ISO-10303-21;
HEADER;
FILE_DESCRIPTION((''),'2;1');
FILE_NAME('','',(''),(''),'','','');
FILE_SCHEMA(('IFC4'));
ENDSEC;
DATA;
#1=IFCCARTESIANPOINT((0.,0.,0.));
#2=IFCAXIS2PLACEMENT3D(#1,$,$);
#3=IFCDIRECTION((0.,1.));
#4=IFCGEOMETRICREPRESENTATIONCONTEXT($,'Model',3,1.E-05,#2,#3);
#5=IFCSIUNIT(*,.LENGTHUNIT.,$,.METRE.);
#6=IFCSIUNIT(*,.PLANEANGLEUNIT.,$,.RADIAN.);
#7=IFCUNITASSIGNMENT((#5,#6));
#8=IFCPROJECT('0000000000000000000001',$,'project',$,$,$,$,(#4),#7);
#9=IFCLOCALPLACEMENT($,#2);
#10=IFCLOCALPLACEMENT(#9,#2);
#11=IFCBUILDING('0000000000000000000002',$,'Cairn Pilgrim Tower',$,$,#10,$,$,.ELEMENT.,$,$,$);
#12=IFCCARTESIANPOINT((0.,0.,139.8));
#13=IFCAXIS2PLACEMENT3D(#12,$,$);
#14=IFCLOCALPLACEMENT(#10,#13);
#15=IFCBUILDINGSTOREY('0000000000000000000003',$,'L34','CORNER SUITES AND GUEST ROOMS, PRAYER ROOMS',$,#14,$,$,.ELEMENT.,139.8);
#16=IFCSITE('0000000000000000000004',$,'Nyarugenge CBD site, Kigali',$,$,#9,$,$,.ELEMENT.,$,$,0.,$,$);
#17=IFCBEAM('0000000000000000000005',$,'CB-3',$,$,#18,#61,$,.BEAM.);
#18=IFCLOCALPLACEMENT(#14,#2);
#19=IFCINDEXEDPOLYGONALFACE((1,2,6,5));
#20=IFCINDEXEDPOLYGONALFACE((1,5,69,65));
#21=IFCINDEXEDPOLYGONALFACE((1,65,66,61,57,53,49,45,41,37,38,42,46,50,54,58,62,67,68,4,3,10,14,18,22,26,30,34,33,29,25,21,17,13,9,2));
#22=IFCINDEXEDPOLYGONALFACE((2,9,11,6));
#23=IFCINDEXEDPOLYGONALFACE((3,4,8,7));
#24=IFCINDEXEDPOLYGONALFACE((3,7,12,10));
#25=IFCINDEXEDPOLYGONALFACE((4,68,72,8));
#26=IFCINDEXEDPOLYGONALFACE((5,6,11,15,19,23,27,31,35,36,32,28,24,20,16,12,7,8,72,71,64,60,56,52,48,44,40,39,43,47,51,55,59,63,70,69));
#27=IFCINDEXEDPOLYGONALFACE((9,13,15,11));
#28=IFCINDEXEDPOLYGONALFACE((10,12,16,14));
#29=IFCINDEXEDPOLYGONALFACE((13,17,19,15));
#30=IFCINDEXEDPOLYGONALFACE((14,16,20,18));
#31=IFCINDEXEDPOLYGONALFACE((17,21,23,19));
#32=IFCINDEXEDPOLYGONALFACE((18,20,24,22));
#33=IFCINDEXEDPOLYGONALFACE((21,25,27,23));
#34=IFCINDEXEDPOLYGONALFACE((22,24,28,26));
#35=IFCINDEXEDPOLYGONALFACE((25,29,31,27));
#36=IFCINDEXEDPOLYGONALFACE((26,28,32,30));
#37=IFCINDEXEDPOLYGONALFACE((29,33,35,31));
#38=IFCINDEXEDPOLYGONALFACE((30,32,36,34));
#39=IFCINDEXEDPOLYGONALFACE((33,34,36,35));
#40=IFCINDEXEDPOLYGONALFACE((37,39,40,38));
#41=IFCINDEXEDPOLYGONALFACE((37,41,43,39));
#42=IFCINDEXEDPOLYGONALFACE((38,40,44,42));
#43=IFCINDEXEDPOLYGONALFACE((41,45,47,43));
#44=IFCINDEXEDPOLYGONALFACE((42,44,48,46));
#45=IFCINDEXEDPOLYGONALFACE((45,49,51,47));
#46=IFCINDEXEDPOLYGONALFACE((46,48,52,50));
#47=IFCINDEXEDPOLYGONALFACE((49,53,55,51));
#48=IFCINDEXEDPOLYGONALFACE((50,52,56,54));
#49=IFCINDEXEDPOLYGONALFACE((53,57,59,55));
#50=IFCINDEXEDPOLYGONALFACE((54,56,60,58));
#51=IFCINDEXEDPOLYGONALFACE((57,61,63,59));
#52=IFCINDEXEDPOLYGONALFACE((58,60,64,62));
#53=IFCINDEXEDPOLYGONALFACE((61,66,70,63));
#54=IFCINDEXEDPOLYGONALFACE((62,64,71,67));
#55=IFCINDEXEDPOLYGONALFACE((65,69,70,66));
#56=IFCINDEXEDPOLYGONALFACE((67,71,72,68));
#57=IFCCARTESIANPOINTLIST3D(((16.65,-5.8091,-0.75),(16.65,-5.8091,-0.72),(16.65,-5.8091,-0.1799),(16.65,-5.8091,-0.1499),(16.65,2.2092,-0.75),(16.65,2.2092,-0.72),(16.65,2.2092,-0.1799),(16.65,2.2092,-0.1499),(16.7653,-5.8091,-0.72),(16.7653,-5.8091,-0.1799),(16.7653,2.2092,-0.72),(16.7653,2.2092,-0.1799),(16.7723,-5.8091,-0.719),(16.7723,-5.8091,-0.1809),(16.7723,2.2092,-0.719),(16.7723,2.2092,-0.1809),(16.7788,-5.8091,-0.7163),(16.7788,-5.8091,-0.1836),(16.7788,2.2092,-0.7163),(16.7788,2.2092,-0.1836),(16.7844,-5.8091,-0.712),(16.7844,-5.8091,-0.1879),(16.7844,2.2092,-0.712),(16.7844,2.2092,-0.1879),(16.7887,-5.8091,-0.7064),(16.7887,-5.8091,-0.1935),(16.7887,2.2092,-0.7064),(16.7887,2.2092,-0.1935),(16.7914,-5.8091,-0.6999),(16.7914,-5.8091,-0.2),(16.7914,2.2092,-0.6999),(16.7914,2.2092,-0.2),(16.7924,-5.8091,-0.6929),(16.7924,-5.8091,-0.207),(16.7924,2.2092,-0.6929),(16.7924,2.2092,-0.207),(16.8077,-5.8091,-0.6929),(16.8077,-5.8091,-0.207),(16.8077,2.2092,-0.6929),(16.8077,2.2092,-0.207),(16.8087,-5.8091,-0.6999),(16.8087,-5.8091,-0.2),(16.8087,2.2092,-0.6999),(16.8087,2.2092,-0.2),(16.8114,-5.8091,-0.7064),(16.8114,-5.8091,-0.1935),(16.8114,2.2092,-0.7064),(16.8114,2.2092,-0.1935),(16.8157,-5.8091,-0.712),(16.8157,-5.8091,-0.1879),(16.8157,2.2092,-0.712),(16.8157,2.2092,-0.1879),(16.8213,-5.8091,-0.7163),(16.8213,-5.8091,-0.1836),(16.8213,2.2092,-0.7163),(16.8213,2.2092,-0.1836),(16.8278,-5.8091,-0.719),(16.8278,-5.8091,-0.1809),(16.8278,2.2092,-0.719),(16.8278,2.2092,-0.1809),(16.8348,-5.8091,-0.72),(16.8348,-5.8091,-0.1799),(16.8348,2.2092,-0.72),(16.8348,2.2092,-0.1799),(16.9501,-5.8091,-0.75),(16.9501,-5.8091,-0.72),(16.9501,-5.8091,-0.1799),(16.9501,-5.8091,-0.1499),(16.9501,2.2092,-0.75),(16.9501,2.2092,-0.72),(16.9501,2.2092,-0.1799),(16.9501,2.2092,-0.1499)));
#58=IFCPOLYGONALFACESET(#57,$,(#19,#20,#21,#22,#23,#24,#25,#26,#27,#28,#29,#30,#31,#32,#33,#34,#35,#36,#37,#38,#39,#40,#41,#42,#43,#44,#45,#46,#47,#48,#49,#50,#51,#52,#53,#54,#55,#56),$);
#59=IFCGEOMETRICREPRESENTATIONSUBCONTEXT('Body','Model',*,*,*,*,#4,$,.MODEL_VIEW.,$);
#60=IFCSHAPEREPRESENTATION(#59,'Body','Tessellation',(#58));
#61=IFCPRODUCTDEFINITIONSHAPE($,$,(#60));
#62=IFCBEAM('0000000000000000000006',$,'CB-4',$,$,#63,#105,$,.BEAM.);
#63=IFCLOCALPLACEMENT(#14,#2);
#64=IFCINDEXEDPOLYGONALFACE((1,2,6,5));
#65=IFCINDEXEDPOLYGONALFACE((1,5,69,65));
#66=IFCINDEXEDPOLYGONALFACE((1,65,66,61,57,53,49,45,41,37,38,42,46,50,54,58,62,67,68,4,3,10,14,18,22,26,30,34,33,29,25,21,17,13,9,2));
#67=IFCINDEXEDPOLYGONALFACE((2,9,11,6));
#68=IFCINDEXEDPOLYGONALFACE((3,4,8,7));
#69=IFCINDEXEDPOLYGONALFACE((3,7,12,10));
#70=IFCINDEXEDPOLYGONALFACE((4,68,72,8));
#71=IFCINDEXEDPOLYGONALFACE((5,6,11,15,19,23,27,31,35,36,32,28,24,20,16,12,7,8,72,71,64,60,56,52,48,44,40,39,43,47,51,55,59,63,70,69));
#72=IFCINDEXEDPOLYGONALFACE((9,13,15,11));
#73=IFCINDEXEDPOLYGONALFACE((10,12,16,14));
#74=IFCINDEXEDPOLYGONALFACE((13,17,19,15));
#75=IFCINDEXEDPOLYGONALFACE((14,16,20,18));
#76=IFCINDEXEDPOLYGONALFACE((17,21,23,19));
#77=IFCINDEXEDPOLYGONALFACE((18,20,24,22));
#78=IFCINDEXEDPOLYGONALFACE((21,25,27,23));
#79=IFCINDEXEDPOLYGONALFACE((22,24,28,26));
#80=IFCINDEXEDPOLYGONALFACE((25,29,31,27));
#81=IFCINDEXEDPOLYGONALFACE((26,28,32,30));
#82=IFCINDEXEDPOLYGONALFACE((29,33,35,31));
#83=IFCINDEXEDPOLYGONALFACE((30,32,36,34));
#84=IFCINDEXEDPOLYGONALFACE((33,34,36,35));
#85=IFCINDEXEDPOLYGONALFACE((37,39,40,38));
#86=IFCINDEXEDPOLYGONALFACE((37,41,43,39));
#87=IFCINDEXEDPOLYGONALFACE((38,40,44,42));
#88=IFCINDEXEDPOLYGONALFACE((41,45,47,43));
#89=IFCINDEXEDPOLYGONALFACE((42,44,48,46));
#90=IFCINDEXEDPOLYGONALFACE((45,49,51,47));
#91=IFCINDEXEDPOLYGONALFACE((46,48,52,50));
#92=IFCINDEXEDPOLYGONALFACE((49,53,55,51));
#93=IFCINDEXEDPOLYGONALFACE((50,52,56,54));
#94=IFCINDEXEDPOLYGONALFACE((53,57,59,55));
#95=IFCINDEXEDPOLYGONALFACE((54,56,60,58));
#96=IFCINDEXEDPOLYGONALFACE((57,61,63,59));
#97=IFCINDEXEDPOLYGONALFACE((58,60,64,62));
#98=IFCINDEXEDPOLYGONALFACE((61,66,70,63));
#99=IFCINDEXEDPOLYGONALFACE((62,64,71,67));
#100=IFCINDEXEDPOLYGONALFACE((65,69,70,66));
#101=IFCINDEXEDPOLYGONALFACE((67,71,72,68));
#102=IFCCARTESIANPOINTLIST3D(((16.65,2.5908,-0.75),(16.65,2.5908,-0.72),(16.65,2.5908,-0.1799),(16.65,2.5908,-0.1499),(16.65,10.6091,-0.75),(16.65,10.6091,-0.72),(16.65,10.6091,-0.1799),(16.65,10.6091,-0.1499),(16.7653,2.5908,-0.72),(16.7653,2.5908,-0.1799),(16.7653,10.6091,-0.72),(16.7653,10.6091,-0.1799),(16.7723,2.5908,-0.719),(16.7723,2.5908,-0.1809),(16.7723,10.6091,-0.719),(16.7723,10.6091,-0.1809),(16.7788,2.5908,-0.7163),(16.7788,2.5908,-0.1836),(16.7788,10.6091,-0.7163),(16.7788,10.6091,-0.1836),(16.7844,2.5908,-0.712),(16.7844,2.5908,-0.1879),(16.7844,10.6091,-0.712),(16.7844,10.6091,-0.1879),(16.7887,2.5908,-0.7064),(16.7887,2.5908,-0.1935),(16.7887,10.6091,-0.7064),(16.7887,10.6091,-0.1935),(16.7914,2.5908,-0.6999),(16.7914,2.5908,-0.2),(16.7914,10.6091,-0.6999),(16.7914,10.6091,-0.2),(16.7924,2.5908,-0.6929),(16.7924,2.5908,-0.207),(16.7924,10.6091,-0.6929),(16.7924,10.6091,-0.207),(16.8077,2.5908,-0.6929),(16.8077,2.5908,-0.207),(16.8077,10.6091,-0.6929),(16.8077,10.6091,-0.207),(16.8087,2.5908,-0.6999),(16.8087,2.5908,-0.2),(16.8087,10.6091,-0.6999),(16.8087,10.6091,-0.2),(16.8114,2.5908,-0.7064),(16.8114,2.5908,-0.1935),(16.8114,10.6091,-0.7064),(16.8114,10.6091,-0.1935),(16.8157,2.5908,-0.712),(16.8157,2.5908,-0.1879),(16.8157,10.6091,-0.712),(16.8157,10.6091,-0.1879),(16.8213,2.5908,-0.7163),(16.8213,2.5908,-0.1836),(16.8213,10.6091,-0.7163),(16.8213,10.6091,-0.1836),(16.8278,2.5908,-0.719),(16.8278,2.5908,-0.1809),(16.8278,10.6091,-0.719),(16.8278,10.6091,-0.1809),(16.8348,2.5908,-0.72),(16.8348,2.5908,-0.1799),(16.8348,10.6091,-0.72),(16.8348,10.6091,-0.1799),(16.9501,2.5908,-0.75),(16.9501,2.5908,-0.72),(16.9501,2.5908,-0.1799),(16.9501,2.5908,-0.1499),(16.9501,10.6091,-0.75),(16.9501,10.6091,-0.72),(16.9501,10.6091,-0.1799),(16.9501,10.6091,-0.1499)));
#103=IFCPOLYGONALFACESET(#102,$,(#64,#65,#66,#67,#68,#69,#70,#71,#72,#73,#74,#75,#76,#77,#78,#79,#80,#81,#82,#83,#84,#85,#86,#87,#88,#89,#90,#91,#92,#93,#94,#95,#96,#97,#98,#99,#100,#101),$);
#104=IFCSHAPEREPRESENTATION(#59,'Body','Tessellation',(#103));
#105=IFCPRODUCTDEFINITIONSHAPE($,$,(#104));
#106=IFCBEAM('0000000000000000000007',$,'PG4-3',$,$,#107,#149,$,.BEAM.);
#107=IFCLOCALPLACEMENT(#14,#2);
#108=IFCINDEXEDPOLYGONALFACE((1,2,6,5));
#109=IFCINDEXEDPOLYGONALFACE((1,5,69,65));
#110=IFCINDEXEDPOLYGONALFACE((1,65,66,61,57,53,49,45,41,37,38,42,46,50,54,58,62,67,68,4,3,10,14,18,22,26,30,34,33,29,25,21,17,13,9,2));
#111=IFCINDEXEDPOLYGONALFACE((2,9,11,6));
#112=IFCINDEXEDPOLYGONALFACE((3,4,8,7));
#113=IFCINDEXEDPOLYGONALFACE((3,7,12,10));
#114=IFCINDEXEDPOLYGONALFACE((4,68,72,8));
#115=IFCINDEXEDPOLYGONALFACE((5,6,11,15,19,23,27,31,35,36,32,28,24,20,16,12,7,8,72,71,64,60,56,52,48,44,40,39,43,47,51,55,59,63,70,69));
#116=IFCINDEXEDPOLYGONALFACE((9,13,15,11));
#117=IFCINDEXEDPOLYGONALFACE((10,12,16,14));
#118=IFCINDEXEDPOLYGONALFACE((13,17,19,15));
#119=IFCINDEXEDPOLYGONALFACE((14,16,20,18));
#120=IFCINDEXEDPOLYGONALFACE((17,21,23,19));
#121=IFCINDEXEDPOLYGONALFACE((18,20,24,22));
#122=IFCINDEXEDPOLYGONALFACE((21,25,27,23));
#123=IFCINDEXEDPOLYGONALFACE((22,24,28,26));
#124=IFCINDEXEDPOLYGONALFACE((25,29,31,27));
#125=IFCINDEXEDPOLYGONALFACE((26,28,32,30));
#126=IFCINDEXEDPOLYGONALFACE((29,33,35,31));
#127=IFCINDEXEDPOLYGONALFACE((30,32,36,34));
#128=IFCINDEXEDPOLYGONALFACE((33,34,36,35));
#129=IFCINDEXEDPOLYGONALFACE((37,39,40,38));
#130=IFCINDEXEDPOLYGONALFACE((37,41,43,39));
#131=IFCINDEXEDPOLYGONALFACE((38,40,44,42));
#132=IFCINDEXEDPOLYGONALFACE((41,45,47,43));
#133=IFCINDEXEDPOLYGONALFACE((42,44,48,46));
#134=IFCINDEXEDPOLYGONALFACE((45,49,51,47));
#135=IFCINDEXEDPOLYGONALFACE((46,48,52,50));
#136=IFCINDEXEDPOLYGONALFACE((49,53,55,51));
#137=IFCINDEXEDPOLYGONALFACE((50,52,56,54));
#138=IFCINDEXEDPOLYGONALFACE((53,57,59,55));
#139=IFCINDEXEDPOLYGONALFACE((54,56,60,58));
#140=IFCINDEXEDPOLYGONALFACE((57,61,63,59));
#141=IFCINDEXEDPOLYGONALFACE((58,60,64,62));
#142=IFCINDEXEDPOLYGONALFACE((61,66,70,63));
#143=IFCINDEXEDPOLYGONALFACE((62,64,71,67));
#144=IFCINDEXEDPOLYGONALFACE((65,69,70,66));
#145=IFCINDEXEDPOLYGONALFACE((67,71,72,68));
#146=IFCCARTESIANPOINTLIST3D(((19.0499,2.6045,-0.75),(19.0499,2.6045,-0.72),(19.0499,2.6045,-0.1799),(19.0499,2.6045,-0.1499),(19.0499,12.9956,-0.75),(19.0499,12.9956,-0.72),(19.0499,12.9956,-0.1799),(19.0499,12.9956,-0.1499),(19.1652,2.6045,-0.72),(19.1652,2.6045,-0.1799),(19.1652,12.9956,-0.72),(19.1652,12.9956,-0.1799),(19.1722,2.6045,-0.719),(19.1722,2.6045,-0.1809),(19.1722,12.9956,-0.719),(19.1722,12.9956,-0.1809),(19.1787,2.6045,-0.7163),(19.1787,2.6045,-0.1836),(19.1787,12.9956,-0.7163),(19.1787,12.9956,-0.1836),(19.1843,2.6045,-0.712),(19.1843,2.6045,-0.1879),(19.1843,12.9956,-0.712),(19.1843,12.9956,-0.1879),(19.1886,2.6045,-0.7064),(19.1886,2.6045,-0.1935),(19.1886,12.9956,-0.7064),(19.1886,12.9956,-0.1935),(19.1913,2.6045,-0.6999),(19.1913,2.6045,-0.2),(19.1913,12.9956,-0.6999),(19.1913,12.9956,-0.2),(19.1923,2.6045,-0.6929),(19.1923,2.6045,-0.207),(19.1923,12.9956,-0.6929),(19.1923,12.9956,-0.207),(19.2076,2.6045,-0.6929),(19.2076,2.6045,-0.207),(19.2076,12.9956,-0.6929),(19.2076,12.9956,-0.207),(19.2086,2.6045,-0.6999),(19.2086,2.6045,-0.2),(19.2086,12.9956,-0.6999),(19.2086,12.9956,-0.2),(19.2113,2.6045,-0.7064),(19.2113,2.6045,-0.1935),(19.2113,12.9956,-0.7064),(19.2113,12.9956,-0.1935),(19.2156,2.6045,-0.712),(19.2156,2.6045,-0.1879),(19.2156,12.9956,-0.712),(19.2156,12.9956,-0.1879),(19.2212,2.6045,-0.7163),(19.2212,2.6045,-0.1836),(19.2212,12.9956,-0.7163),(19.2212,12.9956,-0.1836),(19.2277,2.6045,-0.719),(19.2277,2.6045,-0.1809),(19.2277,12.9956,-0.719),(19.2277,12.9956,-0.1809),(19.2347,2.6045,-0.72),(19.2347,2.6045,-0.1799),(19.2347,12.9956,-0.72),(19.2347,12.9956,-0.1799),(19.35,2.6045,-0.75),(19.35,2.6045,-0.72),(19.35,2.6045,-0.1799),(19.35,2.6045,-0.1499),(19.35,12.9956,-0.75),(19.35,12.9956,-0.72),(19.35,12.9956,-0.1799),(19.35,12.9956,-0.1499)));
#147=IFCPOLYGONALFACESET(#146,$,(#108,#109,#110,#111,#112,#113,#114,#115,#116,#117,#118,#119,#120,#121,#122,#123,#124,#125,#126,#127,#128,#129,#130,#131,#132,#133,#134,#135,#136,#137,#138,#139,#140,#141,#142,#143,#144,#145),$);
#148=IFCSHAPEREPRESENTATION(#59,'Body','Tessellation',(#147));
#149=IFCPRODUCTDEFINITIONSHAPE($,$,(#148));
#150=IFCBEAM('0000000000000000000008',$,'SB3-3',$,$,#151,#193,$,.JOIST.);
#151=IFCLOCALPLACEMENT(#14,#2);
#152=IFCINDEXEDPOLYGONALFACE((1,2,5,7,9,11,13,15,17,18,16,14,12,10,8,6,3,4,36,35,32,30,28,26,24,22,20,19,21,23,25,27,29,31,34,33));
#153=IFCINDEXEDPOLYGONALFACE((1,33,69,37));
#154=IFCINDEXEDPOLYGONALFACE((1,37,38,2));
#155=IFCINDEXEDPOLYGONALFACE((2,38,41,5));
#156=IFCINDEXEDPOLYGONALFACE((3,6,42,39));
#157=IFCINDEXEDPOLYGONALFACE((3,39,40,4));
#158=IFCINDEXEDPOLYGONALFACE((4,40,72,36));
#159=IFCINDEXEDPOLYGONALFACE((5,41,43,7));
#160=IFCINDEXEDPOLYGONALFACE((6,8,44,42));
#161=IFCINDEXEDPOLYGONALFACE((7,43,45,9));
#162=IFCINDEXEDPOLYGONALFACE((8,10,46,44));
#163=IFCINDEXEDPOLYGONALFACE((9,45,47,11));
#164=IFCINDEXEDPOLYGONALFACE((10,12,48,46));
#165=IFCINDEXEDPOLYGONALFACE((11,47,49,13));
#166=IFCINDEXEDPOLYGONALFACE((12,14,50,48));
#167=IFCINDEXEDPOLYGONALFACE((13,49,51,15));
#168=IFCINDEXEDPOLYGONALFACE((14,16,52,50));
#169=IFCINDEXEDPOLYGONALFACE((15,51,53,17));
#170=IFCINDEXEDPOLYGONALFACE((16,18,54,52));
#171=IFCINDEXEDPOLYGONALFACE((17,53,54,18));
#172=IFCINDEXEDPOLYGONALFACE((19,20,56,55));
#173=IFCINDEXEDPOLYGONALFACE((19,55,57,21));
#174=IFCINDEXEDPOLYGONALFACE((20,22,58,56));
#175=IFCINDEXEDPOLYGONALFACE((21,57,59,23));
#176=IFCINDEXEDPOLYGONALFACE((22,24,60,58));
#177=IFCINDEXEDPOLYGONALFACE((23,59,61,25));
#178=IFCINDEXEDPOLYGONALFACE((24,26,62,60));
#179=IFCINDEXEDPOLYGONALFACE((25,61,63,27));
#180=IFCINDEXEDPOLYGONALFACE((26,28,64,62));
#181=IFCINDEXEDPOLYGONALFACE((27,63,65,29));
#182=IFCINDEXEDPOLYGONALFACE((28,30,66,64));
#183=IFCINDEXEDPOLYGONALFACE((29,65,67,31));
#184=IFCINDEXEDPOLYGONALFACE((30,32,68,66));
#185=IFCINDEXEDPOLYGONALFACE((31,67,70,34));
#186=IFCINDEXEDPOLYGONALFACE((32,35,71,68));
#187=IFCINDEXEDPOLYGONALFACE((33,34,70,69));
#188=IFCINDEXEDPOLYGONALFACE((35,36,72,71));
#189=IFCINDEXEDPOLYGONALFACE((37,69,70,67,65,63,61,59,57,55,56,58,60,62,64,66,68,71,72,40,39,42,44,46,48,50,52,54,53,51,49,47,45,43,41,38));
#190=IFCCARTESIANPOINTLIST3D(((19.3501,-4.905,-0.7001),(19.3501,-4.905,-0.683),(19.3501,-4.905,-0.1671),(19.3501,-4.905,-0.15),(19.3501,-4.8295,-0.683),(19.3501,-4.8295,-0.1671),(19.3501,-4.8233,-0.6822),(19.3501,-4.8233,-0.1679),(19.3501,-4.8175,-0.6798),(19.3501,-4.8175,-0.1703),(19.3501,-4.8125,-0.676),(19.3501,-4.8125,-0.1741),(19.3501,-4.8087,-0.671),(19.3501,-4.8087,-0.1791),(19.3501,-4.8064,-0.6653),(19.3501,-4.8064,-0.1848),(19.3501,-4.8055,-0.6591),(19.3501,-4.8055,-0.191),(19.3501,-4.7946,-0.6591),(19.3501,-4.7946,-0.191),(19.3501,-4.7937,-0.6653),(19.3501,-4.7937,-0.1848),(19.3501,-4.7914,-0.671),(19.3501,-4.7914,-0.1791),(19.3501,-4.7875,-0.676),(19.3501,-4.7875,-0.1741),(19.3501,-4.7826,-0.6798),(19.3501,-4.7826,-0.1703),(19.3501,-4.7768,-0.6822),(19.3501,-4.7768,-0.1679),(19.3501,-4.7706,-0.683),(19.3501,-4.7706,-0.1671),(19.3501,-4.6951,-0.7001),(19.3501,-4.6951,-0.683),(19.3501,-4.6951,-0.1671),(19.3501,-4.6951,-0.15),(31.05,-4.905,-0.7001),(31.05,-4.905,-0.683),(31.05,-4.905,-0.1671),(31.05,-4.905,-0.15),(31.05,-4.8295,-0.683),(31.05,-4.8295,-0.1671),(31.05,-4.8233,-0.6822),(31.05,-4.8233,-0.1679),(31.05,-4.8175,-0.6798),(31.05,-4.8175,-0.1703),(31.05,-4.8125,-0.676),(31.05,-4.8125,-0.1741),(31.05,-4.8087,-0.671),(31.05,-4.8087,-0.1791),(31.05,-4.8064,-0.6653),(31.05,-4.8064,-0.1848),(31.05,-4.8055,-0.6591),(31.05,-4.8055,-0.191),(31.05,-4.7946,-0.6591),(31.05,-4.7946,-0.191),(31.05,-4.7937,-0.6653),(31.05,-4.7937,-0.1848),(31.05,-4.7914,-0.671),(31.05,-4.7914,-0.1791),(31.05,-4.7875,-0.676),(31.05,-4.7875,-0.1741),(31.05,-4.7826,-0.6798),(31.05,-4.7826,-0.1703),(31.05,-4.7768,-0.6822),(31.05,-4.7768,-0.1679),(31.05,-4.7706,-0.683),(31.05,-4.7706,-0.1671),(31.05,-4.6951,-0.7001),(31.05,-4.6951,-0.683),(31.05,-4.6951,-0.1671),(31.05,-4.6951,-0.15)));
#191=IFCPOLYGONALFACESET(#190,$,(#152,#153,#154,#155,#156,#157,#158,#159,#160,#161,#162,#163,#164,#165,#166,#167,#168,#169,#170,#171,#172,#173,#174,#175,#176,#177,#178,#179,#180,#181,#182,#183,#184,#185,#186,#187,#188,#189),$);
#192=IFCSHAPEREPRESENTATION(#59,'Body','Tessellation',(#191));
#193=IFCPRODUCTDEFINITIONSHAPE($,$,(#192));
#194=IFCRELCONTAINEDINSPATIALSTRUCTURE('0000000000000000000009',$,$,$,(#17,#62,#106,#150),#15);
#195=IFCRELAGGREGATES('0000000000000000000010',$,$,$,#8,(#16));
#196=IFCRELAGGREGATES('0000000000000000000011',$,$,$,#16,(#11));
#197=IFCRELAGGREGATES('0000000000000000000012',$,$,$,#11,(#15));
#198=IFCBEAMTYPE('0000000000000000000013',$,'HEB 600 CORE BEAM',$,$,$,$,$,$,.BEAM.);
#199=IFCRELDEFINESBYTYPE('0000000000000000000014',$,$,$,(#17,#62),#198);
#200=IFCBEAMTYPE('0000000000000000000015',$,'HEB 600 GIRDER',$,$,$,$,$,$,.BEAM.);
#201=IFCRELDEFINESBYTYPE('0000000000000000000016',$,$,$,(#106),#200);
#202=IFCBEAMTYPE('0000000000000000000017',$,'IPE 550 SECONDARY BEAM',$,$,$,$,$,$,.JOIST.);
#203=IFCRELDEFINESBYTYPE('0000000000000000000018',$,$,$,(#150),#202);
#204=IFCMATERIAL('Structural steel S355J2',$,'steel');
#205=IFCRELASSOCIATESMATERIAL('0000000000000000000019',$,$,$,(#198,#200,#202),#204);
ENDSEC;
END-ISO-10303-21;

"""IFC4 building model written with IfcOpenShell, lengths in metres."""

from ifc_helpers import new_model, si_unit, direction, frame, origin, origin_2d, place, context, subcontext, project, spatial, i_section, extrude, material, material_profile, profile_set, type_object, element, save


model = new_model("IFC4")

# Units and contexts
model_context = context("Model", 3, precision=1e-05, world=origin(), true_north=direction((0.0, 1.0)))
body_context = subcontext(model_context, "Body", "Model", "MODEL_VIEW")
ifc_project = project(units=[si_unit("LENGTHUNIT", "METRE"), si_unit("PLANEANGLEUNIT", "RADIAN")], contexts=[model_context])

# Site, building, storey
site_placement = place(None, origin())
site = spatial("IfcSite", under=ifc_project, at=site_placement, Name="Nyarugenge CBD site, Kigali", CompositionType="ELEMENT", RefElevation=0.0)
building_placement = place(site_placement, origin())
building = spatial("IfcBuilding", under=site, at=building_placement, Name="Cairn Pilgrim Tower", CompositionType="ELEMENT")
storey_placement = place(building_placement, frame((0.0, 0.0, 139.8)))
storey = spatial("IfcBuildingStorey", under=building, at=storey_placement, Name="L34", Description="CORNER SUITES AND GUEST ROOMS, PRAYER ROOMS", CompositionType="ELEMENT", Elevation=139.8)

# Beams
ifc_material_1 = material(Name="Structural steel S355J2", Category="steel")
ifc_material_profile_1 = material_profile(ifc_material_1, i_section(OverallWidth=0.3, OverallDepth=0.6001, WebThickness=0.0154, FlangeThickness=0.03, FilletRadius=0.0271, at=origin_2d()), Name="HEB 600")
ifc_profile_set_1 = profile_set([ifc_material_profile_1], Name="Structural steel S355J2")
beam_type_1 = type_object("IfcBeamType", Name="HEB 600 CORE BEAM", PredefinedType="BEAM", material=ifc_profile_set_1)
for number, where, z_axis, x_axis, name in (
    (1, (16.8, -5.8091, -0.45), (0.0, 1.0, 0.0), (-1.0, 0.0, 0.0), "CB-3"),
    (2, (16.8, 2.5908, -0.45), (0.0, 1.0, 0.0), (-1.0, 0.0, 0.0), "CB-4"),
):
    element("IfcBeam", number, at=place(storey_placement, frame(where, z_axis=z_axis, x_axis=x_axis)), inside=storey, type_object=beam_type_1, Name=name, PredefinedType="BEAM", context=body_context, shape_type="SweptSolid", body=[
        extrude(i_section(OverallWidth=0.3, OverallDepth=0.6001, WebThickness=0.0154, FlangeThickness=0.03, FilletRadius=0.0271, at=origin_2d()), origin(), (0.0, 0.0, 1.0), 8.0183),
    ])
ifc_material_profile_2 = material_profile(ifc_material_1, i_section(OverallWidth=0.3, OverallDepth=0.6001, WebThickness=0.0154, FlangeThickness=0.03, FilletRadius=0.0271, at=origin_2d()), Name="HEB 600")
ifc_profile_set_2 = profile_set([ifc_material_profile_2], Name="Structural steel S355J2")
beam_type_2 = type_object("IfcBeamType", Name="HEB 600 GIRDER", PredefinedType="BEAM", material=ifc_profile_set_2)
beam_1_placement = place(storey_placement, frame((19.2, 2.6045, -0.45), z_axis=(0.0, 1.0, 0.0), x_axis=(-1.0, 0.0, 0.0)))
element("IfcBeam", 3, at=beam_1_placement, inside=storey, type_object=beam_type_2, Name="PG4-3", PredefinedType="BEAM", context=body_context, shape_type="SweptSolid", body=[
    extrude(i_section(OverallWidth=0.3, OverallDepth=0.6001, WebThickness=0.0154, FlangeThickness=0.03, FilletRadius=0.0271, at=origin_2d()), origin(), (0.0, 0.0, 1.0), 10.3911),
])
ifc_material_profile_3 = material_profile(ifc_material_1, i_section(OverallWidth=0.21, OverallDepth=0.55, WebThickness=0.011, FlangeThickness=0.0171, FilletRadius=0.0239, at=origin_2d()), Name="IPE 550")
ifc_profile_set_3 = profile_set([ifc_material_profile_3], Name="Structural steel S355J2")
beam_type_3 = type_object("IfcBeamType", Name="IPE 550 SECONDARY BEAM", PredefinedType="JOIST", material=ifc_profile_set_3)
beam_2_placement = place(storey_placement, frame((19.3501, -4.8, -0.425), z_axis=(1.0, 0.0, 0.0), x_axis=(0.0, 1.0, 0.0)))
element("IfcBeam", 4, at=beam_2_placement, inside=storey, type_object=beam_type_3, Name="SB3-3", PredefinedType="JOIST", context=body_context, shape_type="SweptSolid", body=[
    extrude(i_section(OverallWidth=0.21, OverallDepth=0.55, WebThickness=0.011, FlangeThickness=0.0171, FilletRadius=0.0239, at=origin_2d()), origin(), (0.0, 0.0, 1.0), 11.7),
])

save(model, "model.ifc")
